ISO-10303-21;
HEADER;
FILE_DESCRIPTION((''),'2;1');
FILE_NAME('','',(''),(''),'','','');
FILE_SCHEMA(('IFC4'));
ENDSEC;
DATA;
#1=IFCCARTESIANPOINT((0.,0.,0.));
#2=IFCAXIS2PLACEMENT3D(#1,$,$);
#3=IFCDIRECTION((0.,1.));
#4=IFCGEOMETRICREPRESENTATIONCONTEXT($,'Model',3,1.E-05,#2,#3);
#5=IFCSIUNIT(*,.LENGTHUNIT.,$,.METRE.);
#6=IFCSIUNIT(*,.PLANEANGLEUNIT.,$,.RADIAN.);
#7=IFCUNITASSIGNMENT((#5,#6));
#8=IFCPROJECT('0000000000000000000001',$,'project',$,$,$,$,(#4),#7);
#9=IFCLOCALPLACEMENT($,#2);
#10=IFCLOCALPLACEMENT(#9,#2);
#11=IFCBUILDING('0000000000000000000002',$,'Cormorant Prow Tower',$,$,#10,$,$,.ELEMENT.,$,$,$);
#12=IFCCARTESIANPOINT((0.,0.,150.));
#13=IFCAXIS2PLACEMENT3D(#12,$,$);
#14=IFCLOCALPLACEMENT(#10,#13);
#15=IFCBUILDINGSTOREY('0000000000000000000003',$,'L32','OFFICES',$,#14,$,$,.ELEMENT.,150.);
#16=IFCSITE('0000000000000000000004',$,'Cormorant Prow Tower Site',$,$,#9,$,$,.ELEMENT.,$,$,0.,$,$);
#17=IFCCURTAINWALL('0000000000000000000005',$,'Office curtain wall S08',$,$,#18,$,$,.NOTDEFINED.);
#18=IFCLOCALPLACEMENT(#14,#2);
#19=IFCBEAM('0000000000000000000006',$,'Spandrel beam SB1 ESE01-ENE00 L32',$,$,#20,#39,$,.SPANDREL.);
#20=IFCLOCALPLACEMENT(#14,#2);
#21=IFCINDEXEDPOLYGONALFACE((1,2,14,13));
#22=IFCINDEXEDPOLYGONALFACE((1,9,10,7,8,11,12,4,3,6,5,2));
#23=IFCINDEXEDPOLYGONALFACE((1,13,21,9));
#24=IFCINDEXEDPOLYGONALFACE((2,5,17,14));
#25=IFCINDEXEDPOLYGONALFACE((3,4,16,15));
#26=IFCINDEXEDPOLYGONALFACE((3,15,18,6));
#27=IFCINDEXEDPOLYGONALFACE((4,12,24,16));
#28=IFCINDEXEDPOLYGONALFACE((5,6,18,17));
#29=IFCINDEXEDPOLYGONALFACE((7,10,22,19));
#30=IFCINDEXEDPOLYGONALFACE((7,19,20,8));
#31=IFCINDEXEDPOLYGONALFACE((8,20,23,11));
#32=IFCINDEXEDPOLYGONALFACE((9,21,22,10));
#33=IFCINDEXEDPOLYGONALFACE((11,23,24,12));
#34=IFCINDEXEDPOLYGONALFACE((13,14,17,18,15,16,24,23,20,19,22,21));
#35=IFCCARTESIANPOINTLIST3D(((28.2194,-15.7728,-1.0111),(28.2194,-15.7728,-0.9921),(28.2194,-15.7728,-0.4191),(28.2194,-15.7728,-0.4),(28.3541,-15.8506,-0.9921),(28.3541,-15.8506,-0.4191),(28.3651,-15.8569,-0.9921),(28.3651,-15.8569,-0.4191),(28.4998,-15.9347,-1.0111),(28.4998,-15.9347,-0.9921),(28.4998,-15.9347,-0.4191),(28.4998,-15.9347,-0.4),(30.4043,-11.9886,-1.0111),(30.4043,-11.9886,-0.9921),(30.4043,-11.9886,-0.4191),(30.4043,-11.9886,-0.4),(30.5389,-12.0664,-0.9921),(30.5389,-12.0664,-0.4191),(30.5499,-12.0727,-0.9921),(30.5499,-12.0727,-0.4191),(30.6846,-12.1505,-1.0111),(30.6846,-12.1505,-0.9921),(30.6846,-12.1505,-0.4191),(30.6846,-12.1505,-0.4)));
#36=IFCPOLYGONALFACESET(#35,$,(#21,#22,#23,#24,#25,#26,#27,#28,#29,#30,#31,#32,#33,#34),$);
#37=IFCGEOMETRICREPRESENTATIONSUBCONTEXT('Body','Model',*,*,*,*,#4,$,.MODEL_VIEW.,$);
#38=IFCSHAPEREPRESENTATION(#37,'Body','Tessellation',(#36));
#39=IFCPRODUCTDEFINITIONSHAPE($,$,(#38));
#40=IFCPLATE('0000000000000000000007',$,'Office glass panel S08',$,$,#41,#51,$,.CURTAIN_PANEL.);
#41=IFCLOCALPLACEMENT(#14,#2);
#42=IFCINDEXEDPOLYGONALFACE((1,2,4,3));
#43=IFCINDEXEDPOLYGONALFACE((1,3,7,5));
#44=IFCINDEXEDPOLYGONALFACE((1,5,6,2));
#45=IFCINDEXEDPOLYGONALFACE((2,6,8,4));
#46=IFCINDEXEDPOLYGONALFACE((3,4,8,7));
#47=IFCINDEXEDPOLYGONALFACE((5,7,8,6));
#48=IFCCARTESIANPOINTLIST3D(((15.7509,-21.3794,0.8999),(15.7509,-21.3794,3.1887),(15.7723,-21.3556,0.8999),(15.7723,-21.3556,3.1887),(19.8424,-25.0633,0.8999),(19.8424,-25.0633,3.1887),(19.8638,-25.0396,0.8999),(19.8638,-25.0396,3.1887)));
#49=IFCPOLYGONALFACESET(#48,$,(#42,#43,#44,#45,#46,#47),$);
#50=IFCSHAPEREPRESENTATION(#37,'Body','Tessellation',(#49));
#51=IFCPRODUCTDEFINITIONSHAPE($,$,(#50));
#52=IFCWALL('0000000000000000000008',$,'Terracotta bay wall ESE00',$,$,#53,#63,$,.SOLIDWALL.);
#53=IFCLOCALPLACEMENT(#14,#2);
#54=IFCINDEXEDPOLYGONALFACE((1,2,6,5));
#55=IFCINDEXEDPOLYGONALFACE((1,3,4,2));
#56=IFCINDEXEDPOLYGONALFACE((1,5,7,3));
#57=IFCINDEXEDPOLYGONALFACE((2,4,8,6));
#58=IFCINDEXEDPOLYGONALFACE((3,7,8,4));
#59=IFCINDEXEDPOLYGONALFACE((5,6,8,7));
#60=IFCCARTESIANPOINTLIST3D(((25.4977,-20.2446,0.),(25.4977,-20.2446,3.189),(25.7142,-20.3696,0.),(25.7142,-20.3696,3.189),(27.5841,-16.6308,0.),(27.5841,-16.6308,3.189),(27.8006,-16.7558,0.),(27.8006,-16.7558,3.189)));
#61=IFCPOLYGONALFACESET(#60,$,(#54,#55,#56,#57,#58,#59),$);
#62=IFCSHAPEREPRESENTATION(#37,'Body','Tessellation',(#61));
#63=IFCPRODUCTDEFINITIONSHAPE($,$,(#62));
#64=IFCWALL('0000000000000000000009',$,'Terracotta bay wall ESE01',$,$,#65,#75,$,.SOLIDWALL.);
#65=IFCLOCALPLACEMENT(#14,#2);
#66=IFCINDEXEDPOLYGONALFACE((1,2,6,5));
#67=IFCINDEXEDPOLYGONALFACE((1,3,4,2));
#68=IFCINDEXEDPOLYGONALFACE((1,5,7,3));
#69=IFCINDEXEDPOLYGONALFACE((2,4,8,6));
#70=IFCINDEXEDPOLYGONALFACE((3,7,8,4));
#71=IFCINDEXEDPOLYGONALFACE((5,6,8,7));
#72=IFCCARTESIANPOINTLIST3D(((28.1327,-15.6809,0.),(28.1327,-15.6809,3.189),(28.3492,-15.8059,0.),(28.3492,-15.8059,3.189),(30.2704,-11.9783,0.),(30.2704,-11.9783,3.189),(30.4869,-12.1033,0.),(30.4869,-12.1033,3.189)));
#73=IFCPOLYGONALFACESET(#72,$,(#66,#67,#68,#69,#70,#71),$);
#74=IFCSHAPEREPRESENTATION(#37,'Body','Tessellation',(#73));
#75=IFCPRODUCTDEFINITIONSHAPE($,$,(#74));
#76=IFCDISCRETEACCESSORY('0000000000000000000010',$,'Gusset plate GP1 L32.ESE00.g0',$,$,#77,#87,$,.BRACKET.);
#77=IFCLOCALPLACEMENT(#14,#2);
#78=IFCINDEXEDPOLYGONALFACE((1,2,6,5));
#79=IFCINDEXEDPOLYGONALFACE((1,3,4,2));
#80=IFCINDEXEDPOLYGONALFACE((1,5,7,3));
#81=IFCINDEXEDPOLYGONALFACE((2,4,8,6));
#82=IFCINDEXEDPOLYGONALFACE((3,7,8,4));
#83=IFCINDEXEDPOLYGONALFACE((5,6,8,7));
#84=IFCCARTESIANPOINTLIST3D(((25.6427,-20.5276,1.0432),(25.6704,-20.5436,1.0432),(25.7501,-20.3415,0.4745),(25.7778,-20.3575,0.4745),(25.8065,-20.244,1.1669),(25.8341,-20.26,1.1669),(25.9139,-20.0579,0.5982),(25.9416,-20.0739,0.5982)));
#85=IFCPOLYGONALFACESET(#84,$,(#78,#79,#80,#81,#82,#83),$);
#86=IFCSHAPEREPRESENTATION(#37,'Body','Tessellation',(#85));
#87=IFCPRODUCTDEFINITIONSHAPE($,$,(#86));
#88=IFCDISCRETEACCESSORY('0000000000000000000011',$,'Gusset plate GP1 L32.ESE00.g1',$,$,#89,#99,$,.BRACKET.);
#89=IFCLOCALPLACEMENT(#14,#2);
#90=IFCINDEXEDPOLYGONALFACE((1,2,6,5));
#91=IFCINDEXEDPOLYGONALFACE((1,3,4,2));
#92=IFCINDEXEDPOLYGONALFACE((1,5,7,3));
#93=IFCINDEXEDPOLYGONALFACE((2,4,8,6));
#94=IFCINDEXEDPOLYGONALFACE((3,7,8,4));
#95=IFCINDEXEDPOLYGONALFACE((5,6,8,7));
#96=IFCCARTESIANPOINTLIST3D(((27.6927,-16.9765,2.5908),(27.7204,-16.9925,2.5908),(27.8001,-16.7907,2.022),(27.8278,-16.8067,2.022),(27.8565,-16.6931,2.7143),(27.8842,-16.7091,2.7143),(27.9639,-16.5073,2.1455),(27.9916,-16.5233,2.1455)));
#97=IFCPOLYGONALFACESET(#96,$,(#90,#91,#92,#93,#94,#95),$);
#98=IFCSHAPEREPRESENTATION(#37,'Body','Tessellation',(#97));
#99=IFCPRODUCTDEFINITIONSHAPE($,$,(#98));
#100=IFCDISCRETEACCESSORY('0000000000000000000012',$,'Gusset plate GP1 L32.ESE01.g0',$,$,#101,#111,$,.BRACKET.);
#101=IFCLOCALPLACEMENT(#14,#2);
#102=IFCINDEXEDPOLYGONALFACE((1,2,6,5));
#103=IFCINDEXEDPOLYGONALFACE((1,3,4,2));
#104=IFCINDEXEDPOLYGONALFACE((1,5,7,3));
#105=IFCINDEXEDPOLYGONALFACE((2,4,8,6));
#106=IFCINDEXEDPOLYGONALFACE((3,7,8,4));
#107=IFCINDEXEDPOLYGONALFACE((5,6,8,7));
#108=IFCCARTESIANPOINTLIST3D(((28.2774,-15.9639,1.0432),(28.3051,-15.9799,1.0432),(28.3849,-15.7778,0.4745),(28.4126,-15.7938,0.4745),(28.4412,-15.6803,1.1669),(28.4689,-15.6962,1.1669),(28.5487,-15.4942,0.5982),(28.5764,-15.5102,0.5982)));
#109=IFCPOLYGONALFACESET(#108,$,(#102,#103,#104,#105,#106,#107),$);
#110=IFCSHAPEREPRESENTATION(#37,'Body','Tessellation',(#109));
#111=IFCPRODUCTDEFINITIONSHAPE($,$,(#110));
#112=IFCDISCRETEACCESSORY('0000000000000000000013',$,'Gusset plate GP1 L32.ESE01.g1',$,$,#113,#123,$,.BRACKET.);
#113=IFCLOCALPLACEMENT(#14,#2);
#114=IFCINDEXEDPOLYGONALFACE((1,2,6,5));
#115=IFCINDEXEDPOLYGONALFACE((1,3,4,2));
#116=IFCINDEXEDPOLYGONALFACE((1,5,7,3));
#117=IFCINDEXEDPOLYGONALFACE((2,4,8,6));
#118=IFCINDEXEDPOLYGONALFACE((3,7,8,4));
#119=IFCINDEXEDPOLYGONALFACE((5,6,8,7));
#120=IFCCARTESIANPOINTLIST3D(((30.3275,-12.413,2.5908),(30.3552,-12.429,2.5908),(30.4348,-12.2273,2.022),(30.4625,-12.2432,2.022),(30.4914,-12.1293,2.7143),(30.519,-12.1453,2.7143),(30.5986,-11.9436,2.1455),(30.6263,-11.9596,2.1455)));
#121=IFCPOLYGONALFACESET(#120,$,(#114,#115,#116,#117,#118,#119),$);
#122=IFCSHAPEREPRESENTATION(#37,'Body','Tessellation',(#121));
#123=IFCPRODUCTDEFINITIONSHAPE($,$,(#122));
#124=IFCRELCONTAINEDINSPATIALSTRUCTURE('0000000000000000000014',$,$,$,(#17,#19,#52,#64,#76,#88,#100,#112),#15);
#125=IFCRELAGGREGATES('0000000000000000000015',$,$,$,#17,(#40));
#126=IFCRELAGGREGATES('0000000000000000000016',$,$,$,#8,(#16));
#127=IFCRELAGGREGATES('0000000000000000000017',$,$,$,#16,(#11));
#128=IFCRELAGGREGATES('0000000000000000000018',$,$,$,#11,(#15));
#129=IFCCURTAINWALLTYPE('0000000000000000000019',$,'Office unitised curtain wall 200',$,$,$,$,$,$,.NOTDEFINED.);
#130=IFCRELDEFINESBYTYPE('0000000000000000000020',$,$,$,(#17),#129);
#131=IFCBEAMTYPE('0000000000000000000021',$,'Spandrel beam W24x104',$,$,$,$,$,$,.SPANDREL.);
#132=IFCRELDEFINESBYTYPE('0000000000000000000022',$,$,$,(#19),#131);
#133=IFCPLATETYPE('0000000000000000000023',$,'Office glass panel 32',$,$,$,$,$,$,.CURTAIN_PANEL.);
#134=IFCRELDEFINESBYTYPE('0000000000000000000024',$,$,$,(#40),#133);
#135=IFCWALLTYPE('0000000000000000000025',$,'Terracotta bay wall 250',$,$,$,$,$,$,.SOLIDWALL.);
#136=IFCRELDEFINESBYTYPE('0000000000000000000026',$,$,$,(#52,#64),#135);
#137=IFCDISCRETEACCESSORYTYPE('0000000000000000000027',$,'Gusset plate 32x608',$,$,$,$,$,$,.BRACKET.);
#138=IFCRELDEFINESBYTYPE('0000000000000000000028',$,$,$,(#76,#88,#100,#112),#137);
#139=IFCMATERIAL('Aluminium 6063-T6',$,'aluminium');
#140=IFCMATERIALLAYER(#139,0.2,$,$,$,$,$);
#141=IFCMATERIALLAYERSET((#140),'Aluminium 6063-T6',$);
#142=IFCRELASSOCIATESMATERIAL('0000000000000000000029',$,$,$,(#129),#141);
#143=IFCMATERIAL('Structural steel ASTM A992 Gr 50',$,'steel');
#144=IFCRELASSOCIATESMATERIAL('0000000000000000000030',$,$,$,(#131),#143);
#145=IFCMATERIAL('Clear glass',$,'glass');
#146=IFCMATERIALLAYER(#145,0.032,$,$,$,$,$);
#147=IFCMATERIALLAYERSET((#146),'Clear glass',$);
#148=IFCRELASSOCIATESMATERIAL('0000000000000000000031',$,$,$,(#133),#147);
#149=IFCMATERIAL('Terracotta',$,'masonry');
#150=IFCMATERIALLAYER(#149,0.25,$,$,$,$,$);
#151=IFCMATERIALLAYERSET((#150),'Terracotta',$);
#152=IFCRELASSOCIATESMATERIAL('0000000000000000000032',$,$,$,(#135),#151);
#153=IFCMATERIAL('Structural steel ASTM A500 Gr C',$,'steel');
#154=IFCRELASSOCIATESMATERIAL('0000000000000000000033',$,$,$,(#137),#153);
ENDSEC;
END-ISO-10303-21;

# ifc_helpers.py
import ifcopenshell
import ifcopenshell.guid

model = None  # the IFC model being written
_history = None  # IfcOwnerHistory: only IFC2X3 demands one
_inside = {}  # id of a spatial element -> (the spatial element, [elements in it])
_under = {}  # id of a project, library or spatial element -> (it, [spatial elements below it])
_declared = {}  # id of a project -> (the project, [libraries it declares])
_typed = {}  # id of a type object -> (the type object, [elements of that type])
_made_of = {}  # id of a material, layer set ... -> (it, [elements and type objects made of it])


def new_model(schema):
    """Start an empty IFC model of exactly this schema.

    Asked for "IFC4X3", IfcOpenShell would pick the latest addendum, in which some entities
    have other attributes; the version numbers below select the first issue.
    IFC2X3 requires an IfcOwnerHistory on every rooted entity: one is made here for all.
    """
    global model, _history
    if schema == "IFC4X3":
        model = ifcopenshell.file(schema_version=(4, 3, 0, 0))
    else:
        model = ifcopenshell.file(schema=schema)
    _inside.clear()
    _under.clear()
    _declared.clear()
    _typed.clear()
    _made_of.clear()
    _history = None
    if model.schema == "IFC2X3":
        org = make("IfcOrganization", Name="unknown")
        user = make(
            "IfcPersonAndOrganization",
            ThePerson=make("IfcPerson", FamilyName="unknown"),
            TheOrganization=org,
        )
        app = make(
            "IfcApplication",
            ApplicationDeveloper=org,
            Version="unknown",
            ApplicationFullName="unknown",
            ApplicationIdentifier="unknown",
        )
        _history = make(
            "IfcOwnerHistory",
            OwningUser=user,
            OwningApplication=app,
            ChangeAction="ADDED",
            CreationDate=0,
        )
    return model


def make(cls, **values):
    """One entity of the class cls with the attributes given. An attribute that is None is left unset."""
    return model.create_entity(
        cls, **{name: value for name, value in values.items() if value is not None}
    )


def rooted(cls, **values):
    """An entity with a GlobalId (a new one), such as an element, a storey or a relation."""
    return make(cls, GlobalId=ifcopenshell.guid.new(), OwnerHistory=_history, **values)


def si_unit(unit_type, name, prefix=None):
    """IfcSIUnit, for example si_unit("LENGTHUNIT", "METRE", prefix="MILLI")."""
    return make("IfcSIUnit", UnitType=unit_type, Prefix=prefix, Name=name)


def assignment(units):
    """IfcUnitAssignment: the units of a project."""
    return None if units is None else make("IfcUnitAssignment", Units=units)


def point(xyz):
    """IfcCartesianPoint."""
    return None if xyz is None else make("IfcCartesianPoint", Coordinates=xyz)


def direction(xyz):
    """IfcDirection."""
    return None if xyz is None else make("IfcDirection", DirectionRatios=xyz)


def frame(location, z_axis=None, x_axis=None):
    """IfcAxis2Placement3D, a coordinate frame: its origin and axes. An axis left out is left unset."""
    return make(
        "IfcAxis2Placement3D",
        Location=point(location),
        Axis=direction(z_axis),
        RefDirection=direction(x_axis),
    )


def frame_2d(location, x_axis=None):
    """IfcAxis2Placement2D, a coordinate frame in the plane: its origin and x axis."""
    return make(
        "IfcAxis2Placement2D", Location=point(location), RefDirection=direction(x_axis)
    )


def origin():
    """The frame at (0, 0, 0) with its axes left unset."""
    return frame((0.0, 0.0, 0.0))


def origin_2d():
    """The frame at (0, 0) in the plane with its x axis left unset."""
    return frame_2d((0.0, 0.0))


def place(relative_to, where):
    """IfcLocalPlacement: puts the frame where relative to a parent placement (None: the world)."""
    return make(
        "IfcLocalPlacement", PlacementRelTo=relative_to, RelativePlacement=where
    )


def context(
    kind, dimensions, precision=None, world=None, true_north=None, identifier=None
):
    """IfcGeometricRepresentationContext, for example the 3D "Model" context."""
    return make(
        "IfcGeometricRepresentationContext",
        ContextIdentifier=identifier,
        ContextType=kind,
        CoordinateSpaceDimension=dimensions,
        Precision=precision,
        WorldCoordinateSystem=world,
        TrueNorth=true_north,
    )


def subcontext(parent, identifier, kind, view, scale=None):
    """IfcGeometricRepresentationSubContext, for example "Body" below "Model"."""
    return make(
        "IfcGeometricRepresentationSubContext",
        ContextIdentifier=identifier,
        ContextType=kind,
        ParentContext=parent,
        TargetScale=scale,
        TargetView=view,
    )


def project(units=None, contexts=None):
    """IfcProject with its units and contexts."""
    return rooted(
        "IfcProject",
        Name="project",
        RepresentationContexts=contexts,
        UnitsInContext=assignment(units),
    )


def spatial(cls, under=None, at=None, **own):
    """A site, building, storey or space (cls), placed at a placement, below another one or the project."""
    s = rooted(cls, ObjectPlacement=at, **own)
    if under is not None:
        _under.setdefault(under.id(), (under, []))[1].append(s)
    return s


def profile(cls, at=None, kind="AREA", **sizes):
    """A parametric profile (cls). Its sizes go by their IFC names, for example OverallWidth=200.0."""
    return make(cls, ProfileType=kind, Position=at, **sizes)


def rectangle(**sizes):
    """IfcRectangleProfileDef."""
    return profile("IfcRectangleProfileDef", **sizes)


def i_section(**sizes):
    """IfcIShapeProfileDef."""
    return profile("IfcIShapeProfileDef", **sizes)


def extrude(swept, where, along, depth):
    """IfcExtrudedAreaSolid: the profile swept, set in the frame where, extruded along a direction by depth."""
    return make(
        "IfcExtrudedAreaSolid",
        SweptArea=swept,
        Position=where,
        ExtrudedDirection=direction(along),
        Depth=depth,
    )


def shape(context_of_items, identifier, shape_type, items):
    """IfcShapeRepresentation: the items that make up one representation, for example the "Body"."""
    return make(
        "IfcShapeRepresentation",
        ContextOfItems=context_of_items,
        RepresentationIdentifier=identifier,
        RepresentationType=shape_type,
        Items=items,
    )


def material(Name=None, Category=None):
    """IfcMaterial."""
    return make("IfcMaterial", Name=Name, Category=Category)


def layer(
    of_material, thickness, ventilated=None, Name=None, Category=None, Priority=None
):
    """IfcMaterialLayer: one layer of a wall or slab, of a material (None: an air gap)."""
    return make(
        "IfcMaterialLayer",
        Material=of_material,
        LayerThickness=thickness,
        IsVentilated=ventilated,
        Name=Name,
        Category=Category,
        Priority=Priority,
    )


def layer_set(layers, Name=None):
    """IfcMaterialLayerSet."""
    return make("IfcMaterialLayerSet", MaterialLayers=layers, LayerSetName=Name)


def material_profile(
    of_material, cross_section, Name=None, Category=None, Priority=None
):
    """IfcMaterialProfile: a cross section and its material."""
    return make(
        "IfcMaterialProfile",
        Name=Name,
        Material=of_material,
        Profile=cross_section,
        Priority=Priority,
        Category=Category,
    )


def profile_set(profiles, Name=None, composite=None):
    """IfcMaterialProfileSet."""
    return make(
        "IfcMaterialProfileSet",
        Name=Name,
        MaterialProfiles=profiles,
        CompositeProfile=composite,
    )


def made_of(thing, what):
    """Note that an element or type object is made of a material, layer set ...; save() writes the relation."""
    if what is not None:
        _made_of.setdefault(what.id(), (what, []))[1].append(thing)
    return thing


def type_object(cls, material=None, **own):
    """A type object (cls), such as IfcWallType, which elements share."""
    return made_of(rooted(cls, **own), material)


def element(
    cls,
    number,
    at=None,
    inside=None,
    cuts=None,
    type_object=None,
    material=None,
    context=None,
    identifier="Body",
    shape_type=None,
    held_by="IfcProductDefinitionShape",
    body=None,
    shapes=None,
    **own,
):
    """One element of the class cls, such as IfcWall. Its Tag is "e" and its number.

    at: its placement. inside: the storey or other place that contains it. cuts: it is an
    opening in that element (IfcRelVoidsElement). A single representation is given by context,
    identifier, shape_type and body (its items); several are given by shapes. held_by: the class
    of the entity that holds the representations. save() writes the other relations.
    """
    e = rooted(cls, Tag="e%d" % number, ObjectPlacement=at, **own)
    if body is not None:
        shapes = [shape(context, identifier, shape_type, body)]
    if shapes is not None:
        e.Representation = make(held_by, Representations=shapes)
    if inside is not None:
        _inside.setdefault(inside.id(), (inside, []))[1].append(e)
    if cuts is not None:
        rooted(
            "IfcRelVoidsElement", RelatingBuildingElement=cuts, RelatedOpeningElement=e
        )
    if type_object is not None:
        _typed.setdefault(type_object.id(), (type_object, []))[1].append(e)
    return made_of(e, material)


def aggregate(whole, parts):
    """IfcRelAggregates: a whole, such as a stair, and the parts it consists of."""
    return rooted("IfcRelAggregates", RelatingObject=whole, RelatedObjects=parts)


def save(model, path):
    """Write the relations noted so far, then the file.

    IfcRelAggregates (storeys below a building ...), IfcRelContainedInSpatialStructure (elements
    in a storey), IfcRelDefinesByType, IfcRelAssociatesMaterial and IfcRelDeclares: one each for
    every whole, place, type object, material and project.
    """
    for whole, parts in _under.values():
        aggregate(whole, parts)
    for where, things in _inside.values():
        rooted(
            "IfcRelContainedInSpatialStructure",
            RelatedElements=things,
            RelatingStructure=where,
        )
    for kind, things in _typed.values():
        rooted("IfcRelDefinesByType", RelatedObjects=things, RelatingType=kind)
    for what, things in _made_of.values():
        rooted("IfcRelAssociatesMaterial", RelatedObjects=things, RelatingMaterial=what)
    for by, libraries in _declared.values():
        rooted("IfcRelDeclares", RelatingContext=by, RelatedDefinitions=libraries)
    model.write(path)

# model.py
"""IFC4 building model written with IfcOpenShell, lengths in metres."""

from ifc_helpers import new_model, si_unit, direction, frame, frame_2d, origin, origin_2d, place, context, subcontext, project, spatial, rectangle, i_section, extrude, material, layer, layer_set, material_profile, profile_set, type_object, element, aggregate, save


model = new_model("IFC4")

# Units and contexts
model_context = context("Model", 3, precision=1e-05, world=origin(), true_north=direction((0.0, 1.0)))
body_context = subcontext(model_context, "Body", "Model", "MODEL_VIEW")
ifc_project = project(units=[si_unit("LENGTHUNIT", "METRE"), si_unit("PLANEANGLEUNIT", "RADIAN")], contexts=[model_context])

# Site, building, storey
site_placement = place(None, origin())
site = spatial("IfcSite", under=ifc_project, at=site_placement, Name="Cormorant Prow Tower Site", CompositionType="ELEMENT", RefElevation=0.0)
building_placement = place(site_placement, origin())
building = spatial("IfcBuilding", under=site, at=building_placement, Name="Cormorant Prow Tower", CompositionType="ELEMENT")
storey_placement = place(building_placement, frame((0.0, 0.0, 150.0)))
storey = spatial("IfcBuildingStorey", under=building, at=storey_placement, Name="L32", Description="OFFICES", CompositionType="ELEMENT", Elevation=150.0)

# Curtain wall
ifc_material_1 = material(Name="Aluminium 6063-T6", Category="aluminium")
ifc_layer_1 = layer(ifc_material_1, 0.2)
ifc_layer_set_1 = layer_set([ifc_layer_1], Name="Aluminium 6063-T6")
curtain_wall_type = type_object("IfcCurtainWallType", Name="Office unitised curtain wall 200", PredefinedType="NOTDEFINED", material=ifc_layer_set_1)
curtain_wall_placement = place(storey_placement, origin())
curtain_wall = element("IfcCurtainWall", 1, at=curtain_wall_placement, inside=storey, type_object=curtain_wall_type, Name="Office curtain wall S08", PredefinedType="NOTDEFINED")

# Beam
ifc_material_2 = material(Name="Structural steel ASTM A992 Gr 50", Category="steel")
ifc_material_profile_1 = material_profile(ifc_material_2, i_section(OverallWidth=0.3237, OverallDepth=0.6111, WebThickness=0.0127, FlangeThickness=0.019, at=origin_2d()), Name="W24x104")
ifc_profile_set_1 = profile_set([ifc_material_profile_1], Name="Structural steel ASTM A992 Gr 50")
beam_type = type_object("IfcBeamType", Name="Spandrel beam W24x104", PredefinedType="SPANDREL", material=ifc_profile_set_1)
for number, where, z_axis, x_axis, name in (
    (2, (28.3596, -15.8538, -0.7056), (0.500003, 0.866024, 0.0), (-0.866024, 0.500003, 0.0), "Spandrel beam SB1 ESE01-ENE00 L32"),
):
    element("IfcBeam", number, at=place(storey_placement, frame(where, z_axis=z_axis, x_axis=x_axis)), inside=storey, type_object=beam_type, Name=name, PredefinedType="SPANDREL", context=body_context, shape_type="SweptSolid", body=[
        extrude(i_section(OverallWidth=0.3237, OverallDepth=0.6111, WebThickness=0.0127, FlangeThickness=0.019, at=origin_2d()), origin(), (0.0, 0.0, 1.0), 4.3696),
    ])

# Plate
ifc_material_3 = material(Name="Clear glass", Category="glass")
ifc_layer_2 = layer(ifc_material_3, 0.032)
ifc_layer_set_2 = layer_set([ifc_layer_2], Name="Clear glass")
plate_type = type_object("IfcPlateType", Name="Office glass panel 32", PredefinedType="CURTAIN_PANEL", material=ifc_layer_set_2)
plate_placement = place(storey_placement, frame((17.8074, -23.2095, 0.8999), z_axis=(0.0, 0.0, 1.0), x_axis=(0.743145, -0.669131, 0.0)))
plate = element("IfcPlate", 3, at=plate_placement, type_object=plate_type, Name="Office glass panel S08", PredefinedType="CURTAIN_PANEL", context=body_context, shape_type="SweptSolid", body=[
    extrude(rectangle(XDim=5.5056, YDim=0.032, at=origin_2d()), origin(), (0.0, 0.0, 1.0), 2.2888),
])
aggregate(curtain_wall, [plate])

# Walls
ifc_material_4 = material(Name="Terracotta", Category="masonry")
ifc_layer_3 = layer(ifc_material_4, 0.25)
ifc_layer_set_3 = layer_set([ifc_layer_3], Name="Terracotta")
wall_type_1 = type_object("IfcWallType", Name="Terracotta bay wall 250", PredefinedType="SOLIDWALL", material=ifc_layer_set_3)
wall_1_placement = place(storey_placement, frame((25.606, -20.3071, 0.0), z_axis=(0.0, 0.0, 1.0), x_axis=(0.500003, 0.866024, 0.0)))
element("IfcWall", 4, at=wall_1_placement, inside=storey, type_object=wall_type_1, Name="Terracotta bay wall ESE00", PredefinedType="SOLIDWALL", context=body_context, shape_type="SweptSolid", body=[
    extrude(rectangle(XDim=4.1729, YDim=0.25, at=frame_2d((2.0864, 0.0))), origin(), (0.0, 0.0, 1.0), 3.189),
])
wall_2_placement = place(storey_placement, frame((28.241, -15.7434, 0.0), z_axis=(0.0, 0.0, 1.0), x_axis=(0.499996, 0.866028, 0.0)))
element("IfcWall", 5, at=wall_2_placement, inside=storey, type_object=wall_type_1, Name="Terracotta bay wall ESE01", PredefinedType="SOLIDWALL", context=body_context, shape_type="SweptSolid", body=[
    extrude(rectangle(XDim=4.2754, YDim=0.25, at=frame_2d((2.1377, 0.0))), origin(), (0.0, 0.0, 1.0), 3.189),
])

# Discrete accessories
ifc_material_5 = material(Name="Structural steel ASTM A500 Gr C", Category="steel")
ifc_material_profile_2 = material_profile(ifc_material_5, rectangle(XDim=0.032, YDim=0.6079, at=origin_2d()), Name="Gusset plate 32x608")
ifc_profile_set_2 = profile_set([ifc_material_profile_2], Name="Structural steel ASTM A500 Gr C")
discrete_accessory_type = type_object("IfcDiscreteAccessoryType", Name="Gusset plate 32x608", PredefinedType="BRACKET", material=ifc_profile_set_2)
discrete_accessory_1_placement = place(storey_placement, frame((25.874, -20.1589, 0.8826), z_axis=(-0.467788, -0.810089, -0.353455), x_axis=(0.865987, -0.500067, 0.0)))
element("IfcDiscreteAccessory", 6, at=discrete_accessory_1_placement, inside=storey, type_object=discrete_accessory_type, Name="Gusset plate GP1 L32.ESE00.g0", PredefinedType="BRACKET", context=body_context, shape_type="SweptSolid", body=[
    extrude(rectangle(XDim=0.032, YDim=0.6079, at=origin_2d()), origin(), (0.0, 0.0, 1.0), 0.3501),
])
discrete_accessory_2_placement = place(storey_placement, frame((27.7603, -16.8916, 2.3064), z_axis=(0.468168, 0.810049, 0.353044), x_axis=(-0.8658, 0.500389, 0.0)))
element("IfcDiscreteAccessory", 7, at=discrete_accessory_2_placement, inside=storey, type_object=discrete_accessory_type, Name="Gusset plate GP1 L32.ESE00.g1", PredefinedType="BRACKET", context=body_context, shape_type="SweptSolid", body=[
    extrude(rectangle(XDim=0.032, YDim=0.6079, at=origin_2d()), origin(), (0.0, 0.0, 1.0), 0.3499),
])
for number, where, z_axis, x_axis, name in (
    (8, (28.5088, -15.5952, 0.8826), (-0.467788, -0.810089, -0.353455), (0.865987, -0.500067, 0.0), "Gusset plate GP1 L32.ESE01.g0"),
    (9, (30.395, -12.3281, 2.3064), (0.467903, 0.810288, 0.352845), (-0.865987, 0.500067, 0.0), "Gusset plate GP1 L32.ESE01.g1"),
):
    element("IfcDiscreteAccessory", number, at=place(storey_placement, frame(where, z_axis=z_axis, x_axis=x_axis)), inside=storey, type_object=discrete_accessory_type, Name=name, PredefinedType="BRACKET", context=body_context, shape_type="SweptSolid", body=[
        extrude(rectangle(XDim=0.032, YDim=0.6079, at=origin_2d()), origin(), (0.0, 0.0, 1.0), 0.3501),
    ])

save(model, "model.ifc")
